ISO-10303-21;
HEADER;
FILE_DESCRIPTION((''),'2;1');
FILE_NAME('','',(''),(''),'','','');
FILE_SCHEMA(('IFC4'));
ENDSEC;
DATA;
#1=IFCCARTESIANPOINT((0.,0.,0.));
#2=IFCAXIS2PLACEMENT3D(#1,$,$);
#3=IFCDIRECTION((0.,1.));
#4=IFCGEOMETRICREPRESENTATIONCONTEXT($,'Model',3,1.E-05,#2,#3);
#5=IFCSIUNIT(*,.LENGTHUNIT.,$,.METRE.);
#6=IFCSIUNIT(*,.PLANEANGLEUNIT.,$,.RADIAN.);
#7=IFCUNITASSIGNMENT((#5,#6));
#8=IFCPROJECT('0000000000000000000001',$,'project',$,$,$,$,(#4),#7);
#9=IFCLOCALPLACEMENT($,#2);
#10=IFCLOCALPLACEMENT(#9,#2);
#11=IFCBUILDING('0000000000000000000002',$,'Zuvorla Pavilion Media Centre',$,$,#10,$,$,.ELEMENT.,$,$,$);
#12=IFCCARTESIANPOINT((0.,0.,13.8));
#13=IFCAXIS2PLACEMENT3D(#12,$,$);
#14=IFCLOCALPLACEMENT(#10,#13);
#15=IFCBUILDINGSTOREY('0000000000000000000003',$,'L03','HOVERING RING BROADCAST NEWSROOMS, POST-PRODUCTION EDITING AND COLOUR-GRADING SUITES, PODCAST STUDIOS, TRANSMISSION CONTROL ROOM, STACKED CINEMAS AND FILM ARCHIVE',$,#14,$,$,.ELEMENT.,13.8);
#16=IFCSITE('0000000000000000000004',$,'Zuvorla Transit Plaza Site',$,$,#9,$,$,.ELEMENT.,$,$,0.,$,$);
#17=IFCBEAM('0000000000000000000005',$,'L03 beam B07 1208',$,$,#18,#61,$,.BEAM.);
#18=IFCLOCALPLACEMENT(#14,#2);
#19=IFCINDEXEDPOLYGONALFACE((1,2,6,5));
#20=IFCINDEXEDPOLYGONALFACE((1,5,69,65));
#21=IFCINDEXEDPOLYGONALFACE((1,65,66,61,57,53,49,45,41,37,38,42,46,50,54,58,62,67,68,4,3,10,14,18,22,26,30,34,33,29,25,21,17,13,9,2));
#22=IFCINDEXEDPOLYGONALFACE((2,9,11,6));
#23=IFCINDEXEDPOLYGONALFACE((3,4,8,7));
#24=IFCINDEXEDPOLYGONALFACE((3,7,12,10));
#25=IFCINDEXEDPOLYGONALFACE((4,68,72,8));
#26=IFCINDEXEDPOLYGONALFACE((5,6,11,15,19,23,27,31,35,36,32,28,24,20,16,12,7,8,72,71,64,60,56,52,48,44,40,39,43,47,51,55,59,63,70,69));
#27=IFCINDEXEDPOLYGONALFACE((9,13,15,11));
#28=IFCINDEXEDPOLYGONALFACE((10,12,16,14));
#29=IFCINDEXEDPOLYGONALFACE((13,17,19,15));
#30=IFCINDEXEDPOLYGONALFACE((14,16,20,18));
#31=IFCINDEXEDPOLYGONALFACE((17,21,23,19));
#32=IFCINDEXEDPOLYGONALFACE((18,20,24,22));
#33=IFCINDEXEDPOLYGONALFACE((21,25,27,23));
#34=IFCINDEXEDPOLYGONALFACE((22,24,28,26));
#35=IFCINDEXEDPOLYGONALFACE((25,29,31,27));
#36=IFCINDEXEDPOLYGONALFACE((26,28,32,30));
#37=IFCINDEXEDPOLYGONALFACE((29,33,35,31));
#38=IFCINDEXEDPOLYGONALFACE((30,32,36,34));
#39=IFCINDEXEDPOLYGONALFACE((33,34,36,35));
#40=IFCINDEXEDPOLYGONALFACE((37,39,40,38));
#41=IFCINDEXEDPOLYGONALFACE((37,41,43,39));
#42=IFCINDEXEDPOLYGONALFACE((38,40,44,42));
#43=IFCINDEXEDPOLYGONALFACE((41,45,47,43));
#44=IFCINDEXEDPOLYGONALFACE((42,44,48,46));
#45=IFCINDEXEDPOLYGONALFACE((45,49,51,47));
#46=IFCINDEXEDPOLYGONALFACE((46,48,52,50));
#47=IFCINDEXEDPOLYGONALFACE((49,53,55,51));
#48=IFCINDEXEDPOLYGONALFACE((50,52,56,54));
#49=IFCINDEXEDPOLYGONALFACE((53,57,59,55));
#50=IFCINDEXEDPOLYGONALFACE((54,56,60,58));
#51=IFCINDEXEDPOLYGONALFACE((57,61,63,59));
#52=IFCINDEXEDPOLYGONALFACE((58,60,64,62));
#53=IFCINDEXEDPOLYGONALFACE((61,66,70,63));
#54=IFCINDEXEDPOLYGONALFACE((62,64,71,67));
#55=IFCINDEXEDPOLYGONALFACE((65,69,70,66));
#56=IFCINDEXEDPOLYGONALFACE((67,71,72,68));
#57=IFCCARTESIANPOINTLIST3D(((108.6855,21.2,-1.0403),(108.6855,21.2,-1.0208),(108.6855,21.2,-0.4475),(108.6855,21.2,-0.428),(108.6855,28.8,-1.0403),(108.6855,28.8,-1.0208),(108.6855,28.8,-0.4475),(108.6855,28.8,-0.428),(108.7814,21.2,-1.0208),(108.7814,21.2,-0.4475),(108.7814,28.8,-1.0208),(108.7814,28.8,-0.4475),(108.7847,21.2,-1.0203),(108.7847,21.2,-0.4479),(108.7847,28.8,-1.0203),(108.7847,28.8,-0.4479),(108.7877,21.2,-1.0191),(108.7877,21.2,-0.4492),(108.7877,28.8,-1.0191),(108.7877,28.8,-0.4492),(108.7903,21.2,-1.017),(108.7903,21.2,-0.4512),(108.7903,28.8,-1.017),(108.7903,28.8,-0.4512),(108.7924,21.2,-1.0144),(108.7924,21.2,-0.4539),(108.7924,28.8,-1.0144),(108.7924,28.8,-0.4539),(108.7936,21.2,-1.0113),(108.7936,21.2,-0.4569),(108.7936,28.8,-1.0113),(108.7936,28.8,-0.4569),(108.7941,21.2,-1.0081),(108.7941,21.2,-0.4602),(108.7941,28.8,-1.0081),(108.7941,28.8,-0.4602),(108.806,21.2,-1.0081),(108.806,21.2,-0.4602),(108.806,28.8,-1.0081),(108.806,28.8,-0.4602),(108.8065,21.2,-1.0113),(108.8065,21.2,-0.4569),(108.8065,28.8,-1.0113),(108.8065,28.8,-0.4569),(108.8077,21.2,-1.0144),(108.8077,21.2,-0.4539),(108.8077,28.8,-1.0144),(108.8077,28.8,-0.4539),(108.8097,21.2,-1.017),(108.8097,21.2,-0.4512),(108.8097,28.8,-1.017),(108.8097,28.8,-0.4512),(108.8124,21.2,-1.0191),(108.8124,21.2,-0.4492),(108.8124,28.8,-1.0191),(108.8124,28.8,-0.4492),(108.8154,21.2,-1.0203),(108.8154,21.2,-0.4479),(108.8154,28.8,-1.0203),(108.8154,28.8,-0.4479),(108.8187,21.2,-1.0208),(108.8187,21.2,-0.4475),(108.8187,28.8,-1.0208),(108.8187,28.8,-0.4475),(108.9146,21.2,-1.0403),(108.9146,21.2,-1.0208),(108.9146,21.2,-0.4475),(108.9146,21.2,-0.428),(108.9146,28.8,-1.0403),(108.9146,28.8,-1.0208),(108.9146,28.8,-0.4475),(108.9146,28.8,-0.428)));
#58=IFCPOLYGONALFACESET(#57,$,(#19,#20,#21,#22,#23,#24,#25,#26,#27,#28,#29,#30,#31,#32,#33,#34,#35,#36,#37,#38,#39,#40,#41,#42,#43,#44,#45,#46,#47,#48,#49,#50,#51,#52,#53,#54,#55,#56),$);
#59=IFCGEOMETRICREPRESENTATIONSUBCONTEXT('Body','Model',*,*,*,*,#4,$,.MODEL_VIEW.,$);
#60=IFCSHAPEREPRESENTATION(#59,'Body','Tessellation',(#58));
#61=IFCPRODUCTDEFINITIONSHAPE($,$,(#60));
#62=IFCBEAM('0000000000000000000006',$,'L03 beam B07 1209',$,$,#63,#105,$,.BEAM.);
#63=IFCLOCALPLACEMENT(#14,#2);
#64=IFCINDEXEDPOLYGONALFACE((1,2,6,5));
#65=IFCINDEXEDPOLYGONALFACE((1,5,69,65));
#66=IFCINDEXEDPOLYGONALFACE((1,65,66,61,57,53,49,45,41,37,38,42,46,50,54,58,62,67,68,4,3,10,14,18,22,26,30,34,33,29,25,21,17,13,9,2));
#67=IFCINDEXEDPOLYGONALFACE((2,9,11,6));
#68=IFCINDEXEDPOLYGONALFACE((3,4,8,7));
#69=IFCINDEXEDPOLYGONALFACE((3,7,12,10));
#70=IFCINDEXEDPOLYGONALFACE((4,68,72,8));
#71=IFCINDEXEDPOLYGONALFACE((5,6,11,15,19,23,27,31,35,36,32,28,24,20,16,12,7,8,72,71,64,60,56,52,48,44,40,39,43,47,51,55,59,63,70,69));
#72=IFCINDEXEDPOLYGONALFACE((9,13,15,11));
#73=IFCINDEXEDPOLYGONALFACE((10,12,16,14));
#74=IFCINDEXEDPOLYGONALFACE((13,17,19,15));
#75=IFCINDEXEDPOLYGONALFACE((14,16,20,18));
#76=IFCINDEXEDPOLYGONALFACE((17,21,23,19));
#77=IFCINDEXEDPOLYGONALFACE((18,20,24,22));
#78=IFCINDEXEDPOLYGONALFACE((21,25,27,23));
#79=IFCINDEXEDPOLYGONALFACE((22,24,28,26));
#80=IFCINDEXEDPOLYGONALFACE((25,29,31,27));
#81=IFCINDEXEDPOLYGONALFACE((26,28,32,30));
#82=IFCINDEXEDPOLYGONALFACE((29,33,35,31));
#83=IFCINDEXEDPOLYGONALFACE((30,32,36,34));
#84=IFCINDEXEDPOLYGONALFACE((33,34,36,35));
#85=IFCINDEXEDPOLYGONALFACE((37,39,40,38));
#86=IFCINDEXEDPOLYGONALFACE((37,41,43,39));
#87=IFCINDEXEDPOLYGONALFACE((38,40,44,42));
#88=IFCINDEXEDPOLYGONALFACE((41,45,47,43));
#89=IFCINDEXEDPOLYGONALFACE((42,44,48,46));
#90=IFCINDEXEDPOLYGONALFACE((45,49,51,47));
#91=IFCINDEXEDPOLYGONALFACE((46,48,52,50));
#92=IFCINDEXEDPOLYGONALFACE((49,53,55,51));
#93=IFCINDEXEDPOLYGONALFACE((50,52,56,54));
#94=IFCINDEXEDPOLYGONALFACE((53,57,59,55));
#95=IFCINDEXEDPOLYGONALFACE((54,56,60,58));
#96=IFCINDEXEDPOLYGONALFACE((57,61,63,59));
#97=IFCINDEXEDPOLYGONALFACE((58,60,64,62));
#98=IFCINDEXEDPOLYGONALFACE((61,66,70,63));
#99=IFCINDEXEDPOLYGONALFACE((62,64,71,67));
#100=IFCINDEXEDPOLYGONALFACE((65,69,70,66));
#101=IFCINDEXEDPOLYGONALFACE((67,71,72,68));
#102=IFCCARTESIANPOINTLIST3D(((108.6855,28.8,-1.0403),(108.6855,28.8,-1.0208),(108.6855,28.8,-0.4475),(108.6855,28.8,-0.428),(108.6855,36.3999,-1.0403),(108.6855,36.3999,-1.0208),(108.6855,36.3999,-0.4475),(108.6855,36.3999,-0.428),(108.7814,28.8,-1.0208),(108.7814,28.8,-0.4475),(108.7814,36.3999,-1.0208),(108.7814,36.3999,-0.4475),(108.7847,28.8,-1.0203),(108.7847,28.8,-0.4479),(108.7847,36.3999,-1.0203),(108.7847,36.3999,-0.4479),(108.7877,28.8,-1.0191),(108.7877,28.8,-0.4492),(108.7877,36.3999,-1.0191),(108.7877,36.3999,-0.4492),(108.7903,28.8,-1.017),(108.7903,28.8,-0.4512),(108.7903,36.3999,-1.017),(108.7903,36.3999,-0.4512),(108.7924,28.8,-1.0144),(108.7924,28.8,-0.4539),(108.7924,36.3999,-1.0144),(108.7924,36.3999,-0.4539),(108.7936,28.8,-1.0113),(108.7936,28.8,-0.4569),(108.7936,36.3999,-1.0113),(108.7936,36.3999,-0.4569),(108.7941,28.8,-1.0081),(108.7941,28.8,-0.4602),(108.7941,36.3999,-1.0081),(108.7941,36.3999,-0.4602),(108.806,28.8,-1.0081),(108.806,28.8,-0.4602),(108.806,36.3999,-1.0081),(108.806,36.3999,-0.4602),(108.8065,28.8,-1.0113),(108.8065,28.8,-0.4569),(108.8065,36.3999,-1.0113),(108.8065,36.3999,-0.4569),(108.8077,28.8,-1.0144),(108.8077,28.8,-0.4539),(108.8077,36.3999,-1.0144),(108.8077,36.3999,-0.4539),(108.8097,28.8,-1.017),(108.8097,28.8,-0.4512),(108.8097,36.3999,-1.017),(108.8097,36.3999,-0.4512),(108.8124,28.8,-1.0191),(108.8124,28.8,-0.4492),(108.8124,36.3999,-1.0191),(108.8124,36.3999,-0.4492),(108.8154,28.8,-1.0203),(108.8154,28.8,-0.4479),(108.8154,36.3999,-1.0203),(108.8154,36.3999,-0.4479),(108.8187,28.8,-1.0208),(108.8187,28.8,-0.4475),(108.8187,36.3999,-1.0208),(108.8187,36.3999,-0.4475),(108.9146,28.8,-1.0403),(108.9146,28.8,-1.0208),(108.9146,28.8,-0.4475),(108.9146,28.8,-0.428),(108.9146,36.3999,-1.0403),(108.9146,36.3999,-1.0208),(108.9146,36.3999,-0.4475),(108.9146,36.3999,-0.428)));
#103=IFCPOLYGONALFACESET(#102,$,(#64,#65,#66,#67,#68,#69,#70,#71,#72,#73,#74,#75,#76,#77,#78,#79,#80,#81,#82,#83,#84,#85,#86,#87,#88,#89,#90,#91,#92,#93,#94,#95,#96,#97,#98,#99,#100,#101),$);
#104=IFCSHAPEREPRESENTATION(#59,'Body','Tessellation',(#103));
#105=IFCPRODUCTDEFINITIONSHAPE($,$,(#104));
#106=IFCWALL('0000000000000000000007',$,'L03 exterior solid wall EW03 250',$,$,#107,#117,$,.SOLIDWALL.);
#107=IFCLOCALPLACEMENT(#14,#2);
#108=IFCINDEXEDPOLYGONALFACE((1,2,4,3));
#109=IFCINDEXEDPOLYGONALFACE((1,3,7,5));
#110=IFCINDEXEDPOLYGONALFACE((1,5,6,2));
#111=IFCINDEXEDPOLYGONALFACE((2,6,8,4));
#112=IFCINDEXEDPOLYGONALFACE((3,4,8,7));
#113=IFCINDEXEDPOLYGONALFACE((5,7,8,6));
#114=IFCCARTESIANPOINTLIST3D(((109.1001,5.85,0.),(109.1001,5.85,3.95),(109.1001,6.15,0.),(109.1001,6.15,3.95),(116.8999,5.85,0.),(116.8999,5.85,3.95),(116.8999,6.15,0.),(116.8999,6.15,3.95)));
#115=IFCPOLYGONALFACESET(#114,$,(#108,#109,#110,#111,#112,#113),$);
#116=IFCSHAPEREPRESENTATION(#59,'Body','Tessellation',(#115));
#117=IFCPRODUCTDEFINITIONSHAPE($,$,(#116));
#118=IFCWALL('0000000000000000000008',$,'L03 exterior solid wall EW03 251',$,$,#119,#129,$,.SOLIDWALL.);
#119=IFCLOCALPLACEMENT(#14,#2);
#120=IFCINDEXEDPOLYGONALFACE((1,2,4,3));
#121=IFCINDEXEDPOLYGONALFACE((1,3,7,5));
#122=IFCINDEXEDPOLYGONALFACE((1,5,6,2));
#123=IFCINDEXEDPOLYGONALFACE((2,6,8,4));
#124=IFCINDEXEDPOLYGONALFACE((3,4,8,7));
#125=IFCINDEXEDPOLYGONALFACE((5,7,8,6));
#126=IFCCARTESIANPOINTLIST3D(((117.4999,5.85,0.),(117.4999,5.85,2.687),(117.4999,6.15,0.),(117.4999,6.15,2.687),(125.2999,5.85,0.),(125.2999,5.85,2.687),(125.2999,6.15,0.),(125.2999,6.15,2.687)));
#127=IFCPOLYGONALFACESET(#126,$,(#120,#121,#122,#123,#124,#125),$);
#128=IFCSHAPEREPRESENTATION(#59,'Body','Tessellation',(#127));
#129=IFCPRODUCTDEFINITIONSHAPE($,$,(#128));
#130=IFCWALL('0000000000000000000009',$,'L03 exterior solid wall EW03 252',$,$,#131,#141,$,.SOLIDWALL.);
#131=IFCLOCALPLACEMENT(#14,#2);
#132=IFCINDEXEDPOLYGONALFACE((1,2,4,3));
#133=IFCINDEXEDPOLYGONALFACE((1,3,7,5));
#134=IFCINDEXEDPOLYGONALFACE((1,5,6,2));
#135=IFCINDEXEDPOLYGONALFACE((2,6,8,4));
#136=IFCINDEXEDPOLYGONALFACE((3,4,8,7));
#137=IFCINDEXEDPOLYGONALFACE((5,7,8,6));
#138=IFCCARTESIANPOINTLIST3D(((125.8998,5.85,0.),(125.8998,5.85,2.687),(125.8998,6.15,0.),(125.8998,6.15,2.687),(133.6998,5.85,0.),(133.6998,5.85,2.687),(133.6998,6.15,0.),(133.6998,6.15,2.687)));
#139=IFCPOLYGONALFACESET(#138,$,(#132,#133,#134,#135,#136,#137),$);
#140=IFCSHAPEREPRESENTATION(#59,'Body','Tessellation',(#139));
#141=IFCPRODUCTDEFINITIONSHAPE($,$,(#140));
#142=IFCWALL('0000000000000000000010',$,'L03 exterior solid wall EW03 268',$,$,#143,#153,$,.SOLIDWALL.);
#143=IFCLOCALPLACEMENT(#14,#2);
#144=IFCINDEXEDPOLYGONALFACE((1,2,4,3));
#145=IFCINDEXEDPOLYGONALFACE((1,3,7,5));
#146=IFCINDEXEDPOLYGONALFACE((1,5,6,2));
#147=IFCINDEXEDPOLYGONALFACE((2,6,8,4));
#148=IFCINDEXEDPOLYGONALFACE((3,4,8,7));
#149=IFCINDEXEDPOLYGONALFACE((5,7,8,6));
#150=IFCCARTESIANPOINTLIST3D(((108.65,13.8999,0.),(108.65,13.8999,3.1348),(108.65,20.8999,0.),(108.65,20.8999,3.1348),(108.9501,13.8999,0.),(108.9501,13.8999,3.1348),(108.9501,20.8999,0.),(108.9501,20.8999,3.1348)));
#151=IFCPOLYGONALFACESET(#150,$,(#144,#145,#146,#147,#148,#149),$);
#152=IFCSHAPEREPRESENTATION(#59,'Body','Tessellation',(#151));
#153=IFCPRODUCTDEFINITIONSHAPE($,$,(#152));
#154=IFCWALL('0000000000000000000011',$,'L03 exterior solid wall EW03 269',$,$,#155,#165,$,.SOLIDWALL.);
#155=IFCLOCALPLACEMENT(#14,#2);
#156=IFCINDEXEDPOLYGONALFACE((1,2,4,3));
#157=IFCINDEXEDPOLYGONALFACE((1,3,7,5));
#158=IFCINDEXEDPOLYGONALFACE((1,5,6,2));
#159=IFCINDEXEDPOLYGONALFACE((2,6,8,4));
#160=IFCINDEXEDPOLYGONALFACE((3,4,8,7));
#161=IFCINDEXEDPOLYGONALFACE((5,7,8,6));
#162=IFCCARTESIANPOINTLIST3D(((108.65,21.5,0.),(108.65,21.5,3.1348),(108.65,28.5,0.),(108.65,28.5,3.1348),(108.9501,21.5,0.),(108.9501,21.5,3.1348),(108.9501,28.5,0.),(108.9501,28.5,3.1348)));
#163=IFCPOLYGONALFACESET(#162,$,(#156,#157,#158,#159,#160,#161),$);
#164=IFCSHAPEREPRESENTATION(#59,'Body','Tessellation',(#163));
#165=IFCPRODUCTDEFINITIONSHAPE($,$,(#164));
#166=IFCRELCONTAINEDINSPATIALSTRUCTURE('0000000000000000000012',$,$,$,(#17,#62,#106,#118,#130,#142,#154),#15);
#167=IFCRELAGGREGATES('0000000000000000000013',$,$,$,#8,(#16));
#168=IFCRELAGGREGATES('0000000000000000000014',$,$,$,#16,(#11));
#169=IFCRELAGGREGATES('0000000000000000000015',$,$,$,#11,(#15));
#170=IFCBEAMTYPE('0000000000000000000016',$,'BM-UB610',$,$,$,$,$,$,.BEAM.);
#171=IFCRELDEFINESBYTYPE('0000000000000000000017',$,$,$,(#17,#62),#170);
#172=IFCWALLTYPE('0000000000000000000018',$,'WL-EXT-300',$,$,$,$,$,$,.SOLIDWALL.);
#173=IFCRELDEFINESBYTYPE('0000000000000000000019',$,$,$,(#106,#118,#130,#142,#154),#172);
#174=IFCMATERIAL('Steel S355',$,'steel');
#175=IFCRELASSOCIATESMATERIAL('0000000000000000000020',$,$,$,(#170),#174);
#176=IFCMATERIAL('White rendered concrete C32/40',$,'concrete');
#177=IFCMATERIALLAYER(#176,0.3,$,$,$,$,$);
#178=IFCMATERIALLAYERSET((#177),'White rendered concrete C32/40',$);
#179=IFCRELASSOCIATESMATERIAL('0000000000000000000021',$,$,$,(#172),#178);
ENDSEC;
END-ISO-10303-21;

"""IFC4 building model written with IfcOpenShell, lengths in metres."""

from ifc_helpers import new_model, si_unit, direction, frame, frame_2d, origin, origin_2d, place, context, subcontext, project, spatial, rectangle, i_section, extrude, material, layer, layer_set, material_profile, profile_set, type_object, element, save


model = new_model("IFC4")

# Units and contexts
model_context = context("Model", 3, precision=1e-05, world=origin(), true_north=direction((0.0, 1.0)))
body_context = subcontext(model_context, "Body", "Model", "MODEL_VIEW")
ifc_project = project(units=[si_unit("LENGTHUNIT", "METRE"), si_unit("PLANEANGLEUNIT", "RADIAN")], contexts=[model_context])

# Site, building, storey
site_placement = place(None, origin())
site = spatial("IfcSite", under=ifc_project, at=site_placement, Name="Zuvorla Transit Plaza Site", CompositionType="ELEMENT", RefElevation=0.0)
building_placement = place(site_placement, origin())
building = spatial("IfcBuilding", under=site, at=building_placement, Name="Zuvorla Pavilion Media Centre", CompositionType="ELEMENT")
storey_placement = place(building_placement, frame((0.0, 0.0, 13.8)))
storey = spatial("IfcBuildingStorey", under=building, at=storey_placement, Name="L03", Description="HOVERING RING BROADCAST NEWSROOMS, POST-PRODUCTION EDITING AND COLOUR-GRADING SUITES, PODCAST STUDIOS, TRANSMISSION CONTROL ROOM, STACKED CINEMAS AND FILM ARCHIVE", CompositionType="ELEMENT", Elevation=13.8)

# Beams
ifc_material_1 = material(Name="Steel S355", Category="steel")
ifc_material_profile_1 = material_profile(ifc_material_1, i_section(OverallWidth=0.229, OverallDepth=0.6123, WebThickness=0.012, FlangeThickness=0.0195, FilletRadius=0.0127, at=origin_2d()), Name="UB 610x229x125")
ifc_profile_set_1 = profile_set([ifc_material_profile_1], Name="Steel S355")
beam_type_1 = type_object("IfcBeamType", Name="BM-UB610", PredefinedType="BEAM", material=ifc_profile_set_1)
beam_1_placement = place(storey_placement, frame((108.8, 21.2, -0.7341), z_axis=(0.0, 1.0, 0.0), x_axis=(-1.0, 0.0, 0.0)))
element("IfcBeam", 1, at=beam_1_placement, inside=storey, type_object=beam_type_1, Name="L03 beam B07 1208", PredefinedType="BEAM", context=body_context, shape_type="SweptSolid", body=[
    extrude(i_section(OverallWidth=0.229, OverallDepth=0.6123, WebThickness=0.012, FlangeThickness=0.0195, FilletRadius=0.0127, at=origin_2d()), origin(), (0.0, 0.0, 1.0), 7.6001),
])
beam_2_placement = place(storey_placement, frame((108.8, 28.8, -0.7341), z_axis=(0.0, 1.0, 0.0), x_axis=(-1.0, 0.0, 0.0)))
element("IfcBeam", 2, at=beam_2_placement, inside=storey, type_object=beam_type_1, Name="L03 beam B07 1209", PredefinedType="BEAM", context=body_context, shape_type="SweptSolid", body=[
    extrude(i_section(OverallWidth=0.229, OverallDepth=0.6123, WebThickness=0.012, FlangeThickness=0.0195, FilletRadius=0.0127, at=origin_2d()), origin(), (0.0, 0.0, 1.0), 7.5999),
])

# Walls
ifc_material_2 = material(Name="White rendered concrete C32/40", Category="concrete")
ifc_layer = layer(ifc_material_2, 0.3)
ifc_layer_set = layer_set([ifc_layer], Name="White rendered concrete C32/40")
wall_type = type_object("IfcWallType", Name="WL-EXT-300", PredefinedType="SOLIDWALL", material=ifc_layer_set)
wall_placement = place(storey_placement, frame((109.1001, 6.0, 0.0), z_axis=(0.0, 0.0, 1.0), x_axis=(1.0, 0.0, 0.0)))
element("IfcWall", 3, at=wall_placement, inside=storey, type_object=wall_type, Name="L03 exterior solid wall EW03 250", PredefinedType="SOLIDWALL", context=body_context, shape_type="SweptSolid", body=[
    extrude(rectangle(XDim=7.7998, YDim=0.3, at=frame_2d((3.8999, 0.0))), origin(), (0.0, 0.0, 1.0), 3.95),
])
for number, where, z_axis, x_axis, name in (
    (4, (117.5, 6.0, 0.0), (0.0, 0.0, 1.0), (1.0, 0.0, 0.0), "L03 exterior solid wall EW03 251"),
    (5, (125.8999, 6.0, 0.0), (0.0, 0.0, 1.0), (1.0, 0.0, 0.0), "L03 exterior solid wall EW03 252"),
):
    element("IfcWall", number, at=place(storey_placement, frame(where, z_axis=z_axis, x_axis=x_axis)), inside=storey, type_object=wall_type, Name=name, PredefinedType="SOLIDWALL", context=body_context, shape_type="SweptSolid", body=[
        extrude(rectangle(XDim=7.8, YDim=0.3, at=frame_2d((3.8999, 0.0))), origin(), (0.0, 0.0, 1.0), 2.687),
    ])
for number, where, z_axis, x_axis, name in (
    (6, (108.8, 13.8999, 0.0), (0.0, 0.0, 1.0), (0.0, 1.0, 0.0), "L03 exterior solid wall EW03 268"),
    (7, (108.8, 21.5, 0.0), (0.0, 0.0, 1.0), (0.0, 1.0, 0.0), "L03 exterior solid wall EW03 269"),
):
    element("IfcWall", number, at=place(storey_placement, frame(where, z_axis=z_axis, x_axis=x_axis)), inside=storey, type_object=wall_type, Name=name, PredefinedType="SOLIDWALL", context=body_context, shape_type="SweptSolid", body=[
        extrude(rectangle(XDim=7.0, YDim=0.3, at=frame_2d((3.5, 0.0))), origin(), (0.0, 0.0, 1.0), 3.1348),
    ])

save(model, "model.ifc")
